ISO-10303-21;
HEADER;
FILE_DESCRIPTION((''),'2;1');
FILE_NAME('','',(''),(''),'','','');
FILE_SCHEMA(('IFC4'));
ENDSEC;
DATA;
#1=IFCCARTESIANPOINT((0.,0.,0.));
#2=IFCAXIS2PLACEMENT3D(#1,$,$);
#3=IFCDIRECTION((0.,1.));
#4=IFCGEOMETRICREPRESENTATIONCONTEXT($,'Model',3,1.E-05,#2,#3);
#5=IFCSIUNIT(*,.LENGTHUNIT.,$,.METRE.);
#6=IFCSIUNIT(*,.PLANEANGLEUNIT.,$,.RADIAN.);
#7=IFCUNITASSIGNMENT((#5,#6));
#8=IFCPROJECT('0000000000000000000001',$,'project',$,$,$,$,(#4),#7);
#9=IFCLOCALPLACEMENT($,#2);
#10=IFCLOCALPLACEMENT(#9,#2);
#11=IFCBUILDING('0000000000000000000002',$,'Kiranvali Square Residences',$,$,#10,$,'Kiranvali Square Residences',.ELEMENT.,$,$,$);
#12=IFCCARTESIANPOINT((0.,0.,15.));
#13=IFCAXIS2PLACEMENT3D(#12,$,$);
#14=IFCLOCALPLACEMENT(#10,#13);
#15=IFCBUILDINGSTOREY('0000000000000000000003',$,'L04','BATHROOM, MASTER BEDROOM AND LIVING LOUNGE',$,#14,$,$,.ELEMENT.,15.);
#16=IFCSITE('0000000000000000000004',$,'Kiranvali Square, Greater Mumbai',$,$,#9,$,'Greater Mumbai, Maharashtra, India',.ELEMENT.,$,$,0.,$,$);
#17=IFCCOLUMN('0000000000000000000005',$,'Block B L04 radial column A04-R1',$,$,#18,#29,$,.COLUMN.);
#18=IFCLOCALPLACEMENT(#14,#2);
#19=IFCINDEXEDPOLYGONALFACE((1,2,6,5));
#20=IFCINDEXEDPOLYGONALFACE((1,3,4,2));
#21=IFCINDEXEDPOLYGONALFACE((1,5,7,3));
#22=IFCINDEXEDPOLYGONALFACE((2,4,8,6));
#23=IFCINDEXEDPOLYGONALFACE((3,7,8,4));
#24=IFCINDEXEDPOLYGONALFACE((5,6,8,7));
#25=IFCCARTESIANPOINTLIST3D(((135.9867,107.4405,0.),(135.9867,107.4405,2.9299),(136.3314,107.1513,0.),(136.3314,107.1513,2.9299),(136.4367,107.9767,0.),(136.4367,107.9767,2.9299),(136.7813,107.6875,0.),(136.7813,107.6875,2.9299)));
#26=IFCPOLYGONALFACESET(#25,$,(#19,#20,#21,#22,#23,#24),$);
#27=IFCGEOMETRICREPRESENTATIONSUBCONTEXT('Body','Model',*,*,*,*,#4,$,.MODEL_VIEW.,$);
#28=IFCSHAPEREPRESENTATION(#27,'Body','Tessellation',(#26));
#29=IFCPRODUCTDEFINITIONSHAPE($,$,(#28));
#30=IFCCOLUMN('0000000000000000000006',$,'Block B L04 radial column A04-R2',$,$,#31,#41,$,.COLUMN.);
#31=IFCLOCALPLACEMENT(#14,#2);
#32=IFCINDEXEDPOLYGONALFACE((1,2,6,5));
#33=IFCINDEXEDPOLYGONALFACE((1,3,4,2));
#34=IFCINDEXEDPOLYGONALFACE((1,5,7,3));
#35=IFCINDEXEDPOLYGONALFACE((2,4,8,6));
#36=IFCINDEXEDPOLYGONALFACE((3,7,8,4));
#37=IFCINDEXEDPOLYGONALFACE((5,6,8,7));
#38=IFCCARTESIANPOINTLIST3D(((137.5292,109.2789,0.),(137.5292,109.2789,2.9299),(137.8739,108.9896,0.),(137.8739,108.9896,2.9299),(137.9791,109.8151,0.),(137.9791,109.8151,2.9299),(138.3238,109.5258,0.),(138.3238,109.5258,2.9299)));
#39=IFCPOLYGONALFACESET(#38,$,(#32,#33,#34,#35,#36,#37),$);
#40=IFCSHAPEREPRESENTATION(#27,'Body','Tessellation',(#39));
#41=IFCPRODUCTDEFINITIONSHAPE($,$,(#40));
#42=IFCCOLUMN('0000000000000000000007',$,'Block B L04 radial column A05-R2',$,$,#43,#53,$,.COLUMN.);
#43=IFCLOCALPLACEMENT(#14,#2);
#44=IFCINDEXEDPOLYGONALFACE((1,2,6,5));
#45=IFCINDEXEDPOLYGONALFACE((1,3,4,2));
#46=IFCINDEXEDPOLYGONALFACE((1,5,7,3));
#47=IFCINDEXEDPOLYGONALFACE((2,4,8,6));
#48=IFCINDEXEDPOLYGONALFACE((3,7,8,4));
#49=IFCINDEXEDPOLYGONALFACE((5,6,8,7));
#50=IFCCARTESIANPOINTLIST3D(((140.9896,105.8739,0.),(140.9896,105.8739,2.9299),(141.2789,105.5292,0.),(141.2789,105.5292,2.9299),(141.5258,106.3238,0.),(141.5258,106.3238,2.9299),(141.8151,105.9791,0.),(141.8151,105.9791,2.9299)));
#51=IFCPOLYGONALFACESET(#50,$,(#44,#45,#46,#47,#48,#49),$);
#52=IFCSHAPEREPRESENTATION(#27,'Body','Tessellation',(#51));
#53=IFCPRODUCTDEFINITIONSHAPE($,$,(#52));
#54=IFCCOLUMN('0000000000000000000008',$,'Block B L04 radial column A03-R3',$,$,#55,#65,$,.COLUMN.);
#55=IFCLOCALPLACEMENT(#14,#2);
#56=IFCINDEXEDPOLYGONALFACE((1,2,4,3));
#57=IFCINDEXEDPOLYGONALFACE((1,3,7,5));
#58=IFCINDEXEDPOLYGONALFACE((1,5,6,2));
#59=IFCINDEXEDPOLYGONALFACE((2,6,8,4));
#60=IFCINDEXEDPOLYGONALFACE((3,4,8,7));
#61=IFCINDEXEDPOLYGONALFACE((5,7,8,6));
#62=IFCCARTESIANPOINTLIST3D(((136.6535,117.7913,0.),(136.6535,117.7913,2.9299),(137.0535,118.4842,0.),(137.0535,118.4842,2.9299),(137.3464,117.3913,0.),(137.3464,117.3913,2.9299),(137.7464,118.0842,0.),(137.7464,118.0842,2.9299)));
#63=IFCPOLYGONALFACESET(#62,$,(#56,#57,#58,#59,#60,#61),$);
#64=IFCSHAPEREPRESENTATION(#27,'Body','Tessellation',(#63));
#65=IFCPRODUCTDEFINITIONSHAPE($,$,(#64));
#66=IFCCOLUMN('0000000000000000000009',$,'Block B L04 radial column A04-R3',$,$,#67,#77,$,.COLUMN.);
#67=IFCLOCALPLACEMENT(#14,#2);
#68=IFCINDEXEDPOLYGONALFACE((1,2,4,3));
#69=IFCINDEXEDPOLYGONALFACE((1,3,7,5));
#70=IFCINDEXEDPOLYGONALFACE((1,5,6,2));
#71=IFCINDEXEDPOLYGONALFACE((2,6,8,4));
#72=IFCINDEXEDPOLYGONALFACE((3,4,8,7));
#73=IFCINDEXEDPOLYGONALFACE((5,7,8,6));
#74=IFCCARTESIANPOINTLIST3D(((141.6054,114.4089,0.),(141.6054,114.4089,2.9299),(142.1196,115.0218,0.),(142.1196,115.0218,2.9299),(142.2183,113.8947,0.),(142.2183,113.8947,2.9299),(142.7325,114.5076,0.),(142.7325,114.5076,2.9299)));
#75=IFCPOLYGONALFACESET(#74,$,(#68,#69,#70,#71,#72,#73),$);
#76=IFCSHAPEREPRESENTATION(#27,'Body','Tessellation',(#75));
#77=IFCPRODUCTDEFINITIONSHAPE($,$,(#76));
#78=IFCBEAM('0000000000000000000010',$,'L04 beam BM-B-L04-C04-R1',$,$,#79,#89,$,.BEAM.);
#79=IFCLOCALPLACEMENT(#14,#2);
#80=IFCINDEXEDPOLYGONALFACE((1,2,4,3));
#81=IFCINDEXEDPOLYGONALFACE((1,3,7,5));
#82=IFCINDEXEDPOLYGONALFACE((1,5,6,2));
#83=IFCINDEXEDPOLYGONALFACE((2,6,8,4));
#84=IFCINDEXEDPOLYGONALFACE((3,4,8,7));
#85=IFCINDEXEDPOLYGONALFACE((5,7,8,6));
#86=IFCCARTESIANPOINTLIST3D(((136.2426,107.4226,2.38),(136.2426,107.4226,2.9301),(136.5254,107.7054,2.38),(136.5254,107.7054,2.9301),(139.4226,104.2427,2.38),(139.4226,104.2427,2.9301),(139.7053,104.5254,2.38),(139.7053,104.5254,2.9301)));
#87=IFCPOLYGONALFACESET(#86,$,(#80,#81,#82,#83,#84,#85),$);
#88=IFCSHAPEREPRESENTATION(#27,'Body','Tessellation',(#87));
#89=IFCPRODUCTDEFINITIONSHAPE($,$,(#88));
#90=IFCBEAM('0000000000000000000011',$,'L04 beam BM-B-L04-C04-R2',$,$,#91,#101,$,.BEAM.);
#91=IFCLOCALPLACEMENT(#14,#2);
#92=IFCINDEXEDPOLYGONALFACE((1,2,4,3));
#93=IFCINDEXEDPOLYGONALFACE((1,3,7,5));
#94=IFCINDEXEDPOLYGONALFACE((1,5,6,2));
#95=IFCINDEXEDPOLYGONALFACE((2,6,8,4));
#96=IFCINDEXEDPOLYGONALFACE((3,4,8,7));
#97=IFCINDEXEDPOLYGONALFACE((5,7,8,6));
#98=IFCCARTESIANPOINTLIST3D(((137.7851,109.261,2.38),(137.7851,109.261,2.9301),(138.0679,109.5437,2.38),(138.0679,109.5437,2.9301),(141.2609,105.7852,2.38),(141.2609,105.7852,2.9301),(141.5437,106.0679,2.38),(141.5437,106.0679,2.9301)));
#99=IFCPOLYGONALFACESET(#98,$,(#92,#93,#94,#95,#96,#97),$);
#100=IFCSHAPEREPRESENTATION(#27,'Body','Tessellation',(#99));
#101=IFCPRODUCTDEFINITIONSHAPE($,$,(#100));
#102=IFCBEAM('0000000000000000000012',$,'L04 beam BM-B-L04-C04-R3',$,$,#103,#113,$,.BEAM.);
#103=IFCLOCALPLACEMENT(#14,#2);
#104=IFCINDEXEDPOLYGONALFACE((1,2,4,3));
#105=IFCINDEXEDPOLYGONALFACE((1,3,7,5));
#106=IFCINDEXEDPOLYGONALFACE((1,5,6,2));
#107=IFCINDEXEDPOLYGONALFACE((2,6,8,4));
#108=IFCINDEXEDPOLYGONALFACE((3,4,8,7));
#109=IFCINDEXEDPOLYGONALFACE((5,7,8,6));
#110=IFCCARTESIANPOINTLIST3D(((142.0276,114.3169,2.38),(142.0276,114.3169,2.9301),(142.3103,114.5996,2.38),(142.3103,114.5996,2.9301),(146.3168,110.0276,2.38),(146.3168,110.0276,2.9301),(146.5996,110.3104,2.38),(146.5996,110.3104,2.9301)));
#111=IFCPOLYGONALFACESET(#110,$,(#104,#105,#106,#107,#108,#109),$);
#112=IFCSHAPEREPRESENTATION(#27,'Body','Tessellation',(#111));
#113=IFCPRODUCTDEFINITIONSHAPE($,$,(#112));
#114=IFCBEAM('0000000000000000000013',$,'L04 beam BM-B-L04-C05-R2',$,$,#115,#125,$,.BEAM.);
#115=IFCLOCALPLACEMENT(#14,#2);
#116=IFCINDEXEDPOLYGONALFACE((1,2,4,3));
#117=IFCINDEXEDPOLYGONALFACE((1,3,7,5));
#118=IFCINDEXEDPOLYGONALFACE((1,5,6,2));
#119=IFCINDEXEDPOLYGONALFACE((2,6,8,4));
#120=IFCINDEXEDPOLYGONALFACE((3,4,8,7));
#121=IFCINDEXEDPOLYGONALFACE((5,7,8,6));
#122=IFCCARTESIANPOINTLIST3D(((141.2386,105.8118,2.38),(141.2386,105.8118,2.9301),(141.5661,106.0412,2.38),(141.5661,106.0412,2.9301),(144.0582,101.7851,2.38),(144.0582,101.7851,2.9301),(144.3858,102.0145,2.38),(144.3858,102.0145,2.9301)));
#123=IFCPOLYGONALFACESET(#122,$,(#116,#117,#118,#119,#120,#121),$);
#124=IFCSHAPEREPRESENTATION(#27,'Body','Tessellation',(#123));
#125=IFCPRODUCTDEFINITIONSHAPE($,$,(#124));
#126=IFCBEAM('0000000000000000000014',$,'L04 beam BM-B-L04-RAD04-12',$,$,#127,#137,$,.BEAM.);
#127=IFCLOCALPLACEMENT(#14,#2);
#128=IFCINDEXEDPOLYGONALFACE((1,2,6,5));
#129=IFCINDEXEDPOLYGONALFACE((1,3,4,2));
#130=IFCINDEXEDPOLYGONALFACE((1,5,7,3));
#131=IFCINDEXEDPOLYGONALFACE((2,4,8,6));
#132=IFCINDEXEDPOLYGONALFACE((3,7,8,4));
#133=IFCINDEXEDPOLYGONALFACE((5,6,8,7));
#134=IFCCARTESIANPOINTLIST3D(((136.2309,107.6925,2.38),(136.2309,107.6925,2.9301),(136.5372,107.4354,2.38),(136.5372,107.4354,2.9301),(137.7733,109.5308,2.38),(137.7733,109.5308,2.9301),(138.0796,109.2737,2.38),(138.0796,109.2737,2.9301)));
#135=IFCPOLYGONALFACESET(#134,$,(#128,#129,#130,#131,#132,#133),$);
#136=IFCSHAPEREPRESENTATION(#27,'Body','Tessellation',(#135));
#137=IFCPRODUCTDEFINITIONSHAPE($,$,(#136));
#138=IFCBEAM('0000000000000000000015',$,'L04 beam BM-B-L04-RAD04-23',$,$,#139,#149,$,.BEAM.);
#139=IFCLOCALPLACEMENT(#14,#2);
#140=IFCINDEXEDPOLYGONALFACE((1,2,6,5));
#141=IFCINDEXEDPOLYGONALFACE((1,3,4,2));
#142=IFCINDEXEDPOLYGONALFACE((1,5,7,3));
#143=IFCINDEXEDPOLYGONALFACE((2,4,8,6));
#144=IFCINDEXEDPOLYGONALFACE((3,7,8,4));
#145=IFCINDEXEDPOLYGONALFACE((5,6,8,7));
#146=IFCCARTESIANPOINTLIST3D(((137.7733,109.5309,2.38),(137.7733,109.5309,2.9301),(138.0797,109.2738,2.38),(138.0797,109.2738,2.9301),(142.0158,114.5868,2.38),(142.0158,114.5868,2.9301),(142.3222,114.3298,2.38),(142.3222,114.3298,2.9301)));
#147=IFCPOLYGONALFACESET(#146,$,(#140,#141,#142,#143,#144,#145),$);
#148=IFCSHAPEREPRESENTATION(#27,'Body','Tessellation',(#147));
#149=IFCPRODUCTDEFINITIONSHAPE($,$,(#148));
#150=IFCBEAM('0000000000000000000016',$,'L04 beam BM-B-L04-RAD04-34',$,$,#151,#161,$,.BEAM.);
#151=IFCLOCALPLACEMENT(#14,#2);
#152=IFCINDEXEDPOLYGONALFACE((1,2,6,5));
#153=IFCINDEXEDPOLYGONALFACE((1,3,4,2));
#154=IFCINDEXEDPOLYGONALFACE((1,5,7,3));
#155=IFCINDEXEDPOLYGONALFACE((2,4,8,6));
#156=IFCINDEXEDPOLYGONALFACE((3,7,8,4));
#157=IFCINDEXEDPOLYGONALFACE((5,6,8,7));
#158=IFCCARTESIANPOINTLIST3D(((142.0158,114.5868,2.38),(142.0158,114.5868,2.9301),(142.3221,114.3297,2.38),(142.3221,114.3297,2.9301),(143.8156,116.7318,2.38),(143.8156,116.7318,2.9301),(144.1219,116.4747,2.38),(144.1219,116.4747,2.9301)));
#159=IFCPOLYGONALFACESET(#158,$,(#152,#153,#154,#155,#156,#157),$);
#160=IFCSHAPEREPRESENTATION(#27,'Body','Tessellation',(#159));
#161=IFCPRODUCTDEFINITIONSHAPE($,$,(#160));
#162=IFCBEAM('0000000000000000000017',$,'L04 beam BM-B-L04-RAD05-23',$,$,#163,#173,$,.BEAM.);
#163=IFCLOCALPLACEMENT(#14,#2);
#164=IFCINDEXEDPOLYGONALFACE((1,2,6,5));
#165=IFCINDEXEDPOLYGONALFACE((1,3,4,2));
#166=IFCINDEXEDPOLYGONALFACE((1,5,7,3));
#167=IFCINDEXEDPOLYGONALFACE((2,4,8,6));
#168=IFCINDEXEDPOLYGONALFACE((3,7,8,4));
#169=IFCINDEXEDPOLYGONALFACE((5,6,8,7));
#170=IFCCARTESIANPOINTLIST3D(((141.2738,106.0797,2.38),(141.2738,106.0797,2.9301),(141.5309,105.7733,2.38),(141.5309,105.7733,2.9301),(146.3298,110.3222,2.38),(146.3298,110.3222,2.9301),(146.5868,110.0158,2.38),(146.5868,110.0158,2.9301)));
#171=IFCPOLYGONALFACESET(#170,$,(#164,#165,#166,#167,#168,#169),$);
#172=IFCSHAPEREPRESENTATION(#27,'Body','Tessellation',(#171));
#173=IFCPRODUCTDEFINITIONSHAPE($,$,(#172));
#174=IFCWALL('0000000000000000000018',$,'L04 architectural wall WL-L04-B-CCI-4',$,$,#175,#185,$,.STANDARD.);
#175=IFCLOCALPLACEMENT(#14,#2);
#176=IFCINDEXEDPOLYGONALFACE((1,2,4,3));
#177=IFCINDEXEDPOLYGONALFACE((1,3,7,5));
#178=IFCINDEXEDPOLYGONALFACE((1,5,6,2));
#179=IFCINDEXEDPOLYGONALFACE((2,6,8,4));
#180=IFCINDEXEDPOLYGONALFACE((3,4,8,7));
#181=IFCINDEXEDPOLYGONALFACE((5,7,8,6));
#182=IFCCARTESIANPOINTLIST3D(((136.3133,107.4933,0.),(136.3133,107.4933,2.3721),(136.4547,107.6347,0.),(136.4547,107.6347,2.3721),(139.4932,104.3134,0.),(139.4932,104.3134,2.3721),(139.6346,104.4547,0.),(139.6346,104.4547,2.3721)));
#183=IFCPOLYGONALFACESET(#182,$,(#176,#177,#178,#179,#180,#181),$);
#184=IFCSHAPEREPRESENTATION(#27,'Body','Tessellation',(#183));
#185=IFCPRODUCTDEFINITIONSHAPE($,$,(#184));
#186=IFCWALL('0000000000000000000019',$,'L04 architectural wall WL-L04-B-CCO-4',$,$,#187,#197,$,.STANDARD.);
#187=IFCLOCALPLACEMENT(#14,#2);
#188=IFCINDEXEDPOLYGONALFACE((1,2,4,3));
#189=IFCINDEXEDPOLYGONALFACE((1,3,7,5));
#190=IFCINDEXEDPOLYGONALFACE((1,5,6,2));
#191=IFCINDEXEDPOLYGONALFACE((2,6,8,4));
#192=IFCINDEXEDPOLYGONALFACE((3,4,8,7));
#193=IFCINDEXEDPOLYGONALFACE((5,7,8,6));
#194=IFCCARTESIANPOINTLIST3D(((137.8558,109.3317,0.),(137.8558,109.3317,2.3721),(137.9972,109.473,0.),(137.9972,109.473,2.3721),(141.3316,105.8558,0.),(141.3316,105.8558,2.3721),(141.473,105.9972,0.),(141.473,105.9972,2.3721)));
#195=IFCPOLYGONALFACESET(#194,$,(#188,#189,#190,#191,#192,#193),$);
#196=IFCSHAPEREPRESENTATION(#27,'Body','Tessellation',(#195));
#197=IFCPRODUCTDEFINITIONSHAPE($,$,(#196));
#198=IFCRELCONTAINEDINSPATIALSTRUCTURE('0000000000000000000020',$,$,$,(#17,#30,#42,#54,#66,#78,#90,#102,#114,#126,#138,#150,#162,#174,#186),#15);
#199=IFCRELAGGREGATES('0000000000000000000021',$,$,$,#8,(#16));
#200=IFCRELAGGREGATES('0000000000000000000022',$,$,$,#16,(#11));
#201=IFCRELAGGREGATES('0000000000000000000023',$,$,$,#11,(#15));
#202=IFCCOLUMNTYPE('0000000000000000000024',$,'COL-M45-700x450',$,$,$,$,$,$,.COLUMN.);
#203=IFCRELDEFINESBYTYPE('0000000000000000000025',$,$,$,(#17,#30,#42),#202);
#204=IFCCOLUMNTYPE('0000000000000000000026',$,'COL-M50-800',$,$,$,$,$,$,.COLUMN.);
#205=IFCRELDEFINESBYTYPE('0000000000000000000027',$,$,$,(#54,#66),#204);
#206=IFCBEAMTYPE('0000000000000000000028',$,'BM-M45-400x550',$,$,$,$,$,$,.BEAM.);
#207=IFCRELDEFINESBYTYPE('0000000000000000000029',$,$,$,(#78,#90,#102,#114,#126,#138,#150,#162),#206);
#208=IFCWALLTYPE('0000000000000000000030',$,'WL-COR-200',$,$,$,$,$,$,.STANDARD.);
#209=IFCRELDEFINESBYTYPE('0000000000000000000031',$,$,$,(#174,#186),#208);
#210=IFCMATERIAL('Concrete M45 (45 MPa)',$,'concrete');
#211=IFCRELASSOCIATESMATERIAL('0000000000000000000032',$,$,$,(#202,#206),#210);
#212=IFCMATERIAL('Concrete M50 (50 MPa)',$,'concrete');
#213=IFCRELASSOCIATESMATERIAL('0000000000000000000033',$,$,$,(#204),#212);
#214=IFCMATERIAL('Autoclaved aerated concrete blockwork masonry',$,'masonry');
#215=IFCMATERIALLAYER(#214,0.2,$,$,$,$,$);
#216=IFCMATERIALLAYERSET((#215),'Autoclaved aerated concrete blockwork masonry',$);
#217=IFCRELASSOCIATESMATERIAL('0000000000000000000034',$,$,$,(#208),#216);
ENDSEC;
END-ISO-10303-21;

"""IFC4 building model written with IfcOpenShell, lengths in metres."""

from ifc_helpers import new_model, si_unit, direction, frame, frame_2d, origin, origin_2d, place, context, subcontext, project, spatial, rectangle, extrude, material, layer, layer_set, material_profile, profile_set, type_object, element, save


model = new_model("IFC4")

# Units and contexts
model_context = context("Model", 3, precision=1e-05, world=origin(), true_north=direction((0.0, 1.0)))
body_context = subcontext(model_context, "Body", "Model", "MODEL_VIEW")
ifc_project = project(units=[si_unit("LENGTHUNIT", "METRE"), si_unit("PLANEANGLEUNIT", "RADIAN")], contexts=[model_context])

# Site, building, storey
site_placement = place(None, origin())
site = spatial("IfcSite", under=ifc_project, at=site_placement, Name="Kiranvali Square, Greater Mumbai", LongName="Greater Mumbai, Maharashtra, India", CompositionType="ELEMENT", RefElevation=0.0)
building_placement = place(site_placement, origin())
building = spatial("IfcBuilding", under=site, at=building_placement, Name="Kiranvali Square Residences", LongName="Kiranvali Square Residences", CompositionType="ELEMENT")
storey_placement = place(building_placement, frame((0.0, 0.0, 15.0)))
storey = spatial("IfcBuildingStorey", under=building, at=storey_placement, Name="L04", Description="BATHROOM, MASTER BEDROOM AND LIVING LOUNGE", CompositionType="ELEMENT", Elevation=15.0)

# Columns
ifc_material_1 = material(Name="Concrete M45 (45 MPa)", Category="concrete")
ifc_material_profile_1 = material_profile(ifc_material_1, rectangle(XDim=0.45, YDim=0.7, at=origin_2d()), Name="RC 700x450")
ifc_profile_set_1 = profile_set([ifc_material_profile_1], Name="Concrete M45 (45 MPa)")
column_type_1 = type_object("IfcColumnType", Name="COL-M45-700x450", PredefinedType="COLUMN", material=ifc_profile_set_1)
for number, where, z_axis, x_axis, name in (
    (1, (136.384, 107.564, 0.0), (0.0, 0.0, 1.0), (-0.766044, 0.642788, 0.0), "Block B L04 radial column A04-R1"),
    (2, (137.9265, 109.4023, 0.0), (0.0, 0.0, 1.0), (-0.766044, 0.642788, 0.0), "Block B L04 radial column A04-R2"),
    (3, (141.4023, 105.9265, 0.0), (0.0, 0.0, 1.0), (-0.642788, 0.766044, 0.0), "Block B L04 radial column A05-R2"),
):
    element("IfcColumn", number, at=place(storey_placement, frame(where, z_axis=z_axis, x_axis=x_axis)), inside=storey, type_object=column_type_1, Name=name, PredefinedType="COLUMN", context=body_context, shape_type="SweptSolid", body=[
        extrude(rectangle(XDim=0.45, YDim=0.7, at=origin_2d()), origin(), (0.0, 0.0, 1.0), 2.9299),
    ])
ifc_material_2 = material(Name="Concrete M50 (50 MPa)", Category="concrete")
ifc_material_profile_2 = material_profile(ifc_material_2, rectangle(XDim=0.8, YDim=0.8, at=origin_2d()), Name="RC 800x800")
ifc_profile_set_2 = profile_set([ifc_material_profile_2], Name="Concrete M50 (50 MPa)")
column_type_2 = type_object("IfcColumnType", Name="COL-M50-800", PredefinedType="COLUMN", material=ifc_profile_set_2)
for number, where, z_axis, x_axis, name in (
    (4, (137.2, 117.9377, 0.0), (0.0, 0.0, 1.0), (-0.866025, 0.5, 0.0), "Block B L04 radial column A03-R3"),
    (5, (142.1689, 114.4583, 0.0), (0.0, 0.0, 1.0), (-0.766044, 0.642788, 0.0), "Block B L04 radial column A04-R3"),
):
    element("IfcColumn", number, at=place(storey_placement, frame(where, z_axis=z_axis, x_axis=x_axis)), inside=storey, type_object=column_type_2, Name=name, PredefinedType="COLUMN", context=body_context, shape_type="SweptSolid", body=[
        extrude(rectangle(XDim=0.8, YDim=0.8, at=origin_2d()), origin(), (0.0, 0.0, 1.0), 2.9299),
    ])

# Beams
ifc_material_profile_3 = material_profile(ifc_material_1, rectangle(XDim=0.3999, YDim=0.55, at=origin_2d()), Name="RC 400x550")
ifc_profile_set_3 = profile_set([ifc_material_profile_3], Name="Concrete M45 (45 MPa)")
beam_type = type_object("IfcBeamType", Name="BM-M45-400x550", PredefinedType="BEAM", material=ifc_profile_set_3)
beam_1_placement = place(storey_placement, frame((136.384, 107.564, 2.655), z_axis=(0.707107, -0.707107, 0.0), x_axis=(0.707107, 0.707107, 0.0)))
element("IfcBeam", 6, at=beam_1_placement, inside=storey, type_object=beam_type, Name="L04 beam BM-B-L04-C04-R1", PredefinedType="BEAM", context=body_context, shape_type="SweptSolid", body=[
    extrude(rectangle(XDim=0.3999, YDim=0.55, at=origin_2d()), origin(), (0.0, 0.0, 1.0), 4.4971),
])
beam_2_placement = place(storey_placement, frame((137.9265, 109.4023, 2.655), z_axis=(0.707107, -0.707107, 0.0), x_axis=(0.707107, 0.707107, 0.0)))
element("IfcBeam", 7, at=beam_2_placement, inside=storey, type_object=beam_type, Name="L04 beam BM-B-L04-C04-R2", PredefinedType="BEAM", context=body_context, shape_type="SweptSolid", body=[
    extrude(rectangle(XDim=0.3999, YDim=0.55, at=origin_2d()), origin(), (0.0, 0.0, 1.0), 4.9155),
])
beam_3_placement = place(storey_placement, frame((142.1689, 114.4583, 2.655), z_axis=(0.707107, -0.707107, 0.0), x_axis=(0.707107, 0.707107, 0.0)))
element("IfcBeam", 8, at=beam_3_placement, inside=storey, type_object=beam_type, Name="L04 beam BM-B-L04-C04-R3", PredefinedType="BEAM", context=body_context, shape_type="SweptSolid", body=[
    extrude(rectangle(XDim=0.3999, YDim=0.55, at=origin_2d()), origin(), (0.0, 0.0, 1.0), 6.0659),
])
beam_4_placement = place(storey_placement, frame((141.4023, 105.9265, 2.655), z_axis=(0.573592, -0.819141, 0.0), x_axis=(0.819141, 0.573592, 0.0)))
element("IfcBeam", 9, at=beam_4_placement, inside=storey, type_object=beam_type, Name="L04 beam BM-B-L04-C05-R2", PredefinedType="BEAM", context=body_context, shape_type="SweptSolid", body=[
    extrude(rectangle(XDim=0.3999, YDim=0.55, at=origin_2d()), origin(), (0.0, 0.0, 1.0), 4.9158),
])
beam_5_placement = place(storey_placement, frame((136.384, 107.564, 2.655), z_axis=(0.642763, 0.766065, 0.0), x_axis=(-0.766065, 0.642763, 0.0)))
element("IfcBeam", 10, at=beam_5_placement, inside=storey, type_object=beam_type, Name="L04 beam BM-B-L04-RAD04-12", PredefinedType="BEAM", context=body_context, shape_type="SweptSolid", body=[
    extrude(rectangle(XDim=0.3999, YDim=0.55, at=origin_2d()), origin(), (0.0, 0.0, 1.0), 2.3997),
])
beam_6_placement = place(storey_placement, frame((137.9265, 109.4023, 2.655), z_axis=(0.642789, 0.766043, 0.0), x_axis=(-0.766043, 0.642789, 0.0)))
element("IfcBeam", 11, at=beam_6_placement, inside=storey, type_object=beam_type, Name="L04 beam BM-B-L04-RAD04-23", PredefinedType="BEAM", context=body_context, shape_type="SweptSolid", body=[
    extrude(rectangle(XDim=0.3999, YDim=0.55, at=origin_2d()), origin(), (0.0, 0.0, 1.0), 6.6001),
])
beam_7_placement = place(storey_placement, frame((142.1689, 114.4583, 2.655), z_axis=(0.642771, 0.766059, 0.0), x_axis=(-0.766059, 0.642771, 0.0)))
element("IfcBeam", 12, at=beam_7_placement, inside=storey, type_object=beam_type, Name="L04 beam BM-B-L04-RAD04-34", PredefinedType="BEAM", context=body_context, shape_type="SweptSolid", body=[
    extrude(rectangle(XDim=0.3999, YDim=0.55, at=origin_2d()), origin(), (0.0, 0.0, 1.0), 2.8),
])
beam_8_placement = place(storey_placement, frame((141.4023, 105.9265, 2.655), z_axis=(0.766043, 0.642789, 0.0), x_axis=(-0.642789, 0.766043, 0.0)))
element("IfcBeam", 13, at=beam_8_placement, inside=storey, type_object=beam_type, Name="L04 beam BM-B-L04-RAD05-23", PredefinedType="BEAM", context=body_context, shape_type="SweptSolid", body=[
    extrude(rectangle(XDim=0.3999, YDim=0.55, at=origin_2d()), origin(), (0.0, 0.0, 1.0), 6.6001),
])

# Walls
ifc_material_3 = material(Name="Autoclaved aerated concrete blockwork masonry", Category="masonry")
ifc_layer_1 = layer(ifc_material_3, 0.2)
ifc_layer_set_1 = layer_set([ifc_layer_1], Name="Autoclaved aerated concrete blockwork masonry")
wall_type_1 = type_object("IfcWallType", Name="WL-COR-200", PredefinedType="STANDARD", material=ifc_layer_set_1)
wall_1_placement = place(storey_placement, frame((136.384, 107.564, 0.0), z_axis=(0.0, 0.0, 1.0), x_axis=(0.707107, -0.707107, 0.0)))
element("IfcWall", 14, at=wall_1_placement, inside=storey, type_object=wall_type_1, Name="L04 architectural wall WL-L04-B-CCI-4", PredefinedType="STANDARD", context=body_context, shape_type="SweptSolid", body=[
    extrude(rectangle(XDim=4.4971, YDim=0.2, at=frame_2d((2.2485, 0.0))), origin(), (0.0, 0.0, 1.0), 2.3721),
])
wall_2_placement = place(storey_placement, frame((137.9265, 109.4023, 0.0), z_axis=(0.0, 0.0, 1.0), x_axis=(0.707107, -0.707107, 0.0)))
element("IfcWall", 15, at=wall_2_placement, inside=storey, type_object=wall_type_1, Name="L04 architectural wall WL-L04-B-CCO-4", PredefinedType="STANDARD", context=body_context, shape_type="SweptSolid", body=[
    extrude(rectangle(XDim=4.9155, YDim=0.2, at=frame_2d((2.4578, 0.0))), origin(), (0.0, 0.0, 1.0), 2.3721),
])

save(model, "model.ifc")
